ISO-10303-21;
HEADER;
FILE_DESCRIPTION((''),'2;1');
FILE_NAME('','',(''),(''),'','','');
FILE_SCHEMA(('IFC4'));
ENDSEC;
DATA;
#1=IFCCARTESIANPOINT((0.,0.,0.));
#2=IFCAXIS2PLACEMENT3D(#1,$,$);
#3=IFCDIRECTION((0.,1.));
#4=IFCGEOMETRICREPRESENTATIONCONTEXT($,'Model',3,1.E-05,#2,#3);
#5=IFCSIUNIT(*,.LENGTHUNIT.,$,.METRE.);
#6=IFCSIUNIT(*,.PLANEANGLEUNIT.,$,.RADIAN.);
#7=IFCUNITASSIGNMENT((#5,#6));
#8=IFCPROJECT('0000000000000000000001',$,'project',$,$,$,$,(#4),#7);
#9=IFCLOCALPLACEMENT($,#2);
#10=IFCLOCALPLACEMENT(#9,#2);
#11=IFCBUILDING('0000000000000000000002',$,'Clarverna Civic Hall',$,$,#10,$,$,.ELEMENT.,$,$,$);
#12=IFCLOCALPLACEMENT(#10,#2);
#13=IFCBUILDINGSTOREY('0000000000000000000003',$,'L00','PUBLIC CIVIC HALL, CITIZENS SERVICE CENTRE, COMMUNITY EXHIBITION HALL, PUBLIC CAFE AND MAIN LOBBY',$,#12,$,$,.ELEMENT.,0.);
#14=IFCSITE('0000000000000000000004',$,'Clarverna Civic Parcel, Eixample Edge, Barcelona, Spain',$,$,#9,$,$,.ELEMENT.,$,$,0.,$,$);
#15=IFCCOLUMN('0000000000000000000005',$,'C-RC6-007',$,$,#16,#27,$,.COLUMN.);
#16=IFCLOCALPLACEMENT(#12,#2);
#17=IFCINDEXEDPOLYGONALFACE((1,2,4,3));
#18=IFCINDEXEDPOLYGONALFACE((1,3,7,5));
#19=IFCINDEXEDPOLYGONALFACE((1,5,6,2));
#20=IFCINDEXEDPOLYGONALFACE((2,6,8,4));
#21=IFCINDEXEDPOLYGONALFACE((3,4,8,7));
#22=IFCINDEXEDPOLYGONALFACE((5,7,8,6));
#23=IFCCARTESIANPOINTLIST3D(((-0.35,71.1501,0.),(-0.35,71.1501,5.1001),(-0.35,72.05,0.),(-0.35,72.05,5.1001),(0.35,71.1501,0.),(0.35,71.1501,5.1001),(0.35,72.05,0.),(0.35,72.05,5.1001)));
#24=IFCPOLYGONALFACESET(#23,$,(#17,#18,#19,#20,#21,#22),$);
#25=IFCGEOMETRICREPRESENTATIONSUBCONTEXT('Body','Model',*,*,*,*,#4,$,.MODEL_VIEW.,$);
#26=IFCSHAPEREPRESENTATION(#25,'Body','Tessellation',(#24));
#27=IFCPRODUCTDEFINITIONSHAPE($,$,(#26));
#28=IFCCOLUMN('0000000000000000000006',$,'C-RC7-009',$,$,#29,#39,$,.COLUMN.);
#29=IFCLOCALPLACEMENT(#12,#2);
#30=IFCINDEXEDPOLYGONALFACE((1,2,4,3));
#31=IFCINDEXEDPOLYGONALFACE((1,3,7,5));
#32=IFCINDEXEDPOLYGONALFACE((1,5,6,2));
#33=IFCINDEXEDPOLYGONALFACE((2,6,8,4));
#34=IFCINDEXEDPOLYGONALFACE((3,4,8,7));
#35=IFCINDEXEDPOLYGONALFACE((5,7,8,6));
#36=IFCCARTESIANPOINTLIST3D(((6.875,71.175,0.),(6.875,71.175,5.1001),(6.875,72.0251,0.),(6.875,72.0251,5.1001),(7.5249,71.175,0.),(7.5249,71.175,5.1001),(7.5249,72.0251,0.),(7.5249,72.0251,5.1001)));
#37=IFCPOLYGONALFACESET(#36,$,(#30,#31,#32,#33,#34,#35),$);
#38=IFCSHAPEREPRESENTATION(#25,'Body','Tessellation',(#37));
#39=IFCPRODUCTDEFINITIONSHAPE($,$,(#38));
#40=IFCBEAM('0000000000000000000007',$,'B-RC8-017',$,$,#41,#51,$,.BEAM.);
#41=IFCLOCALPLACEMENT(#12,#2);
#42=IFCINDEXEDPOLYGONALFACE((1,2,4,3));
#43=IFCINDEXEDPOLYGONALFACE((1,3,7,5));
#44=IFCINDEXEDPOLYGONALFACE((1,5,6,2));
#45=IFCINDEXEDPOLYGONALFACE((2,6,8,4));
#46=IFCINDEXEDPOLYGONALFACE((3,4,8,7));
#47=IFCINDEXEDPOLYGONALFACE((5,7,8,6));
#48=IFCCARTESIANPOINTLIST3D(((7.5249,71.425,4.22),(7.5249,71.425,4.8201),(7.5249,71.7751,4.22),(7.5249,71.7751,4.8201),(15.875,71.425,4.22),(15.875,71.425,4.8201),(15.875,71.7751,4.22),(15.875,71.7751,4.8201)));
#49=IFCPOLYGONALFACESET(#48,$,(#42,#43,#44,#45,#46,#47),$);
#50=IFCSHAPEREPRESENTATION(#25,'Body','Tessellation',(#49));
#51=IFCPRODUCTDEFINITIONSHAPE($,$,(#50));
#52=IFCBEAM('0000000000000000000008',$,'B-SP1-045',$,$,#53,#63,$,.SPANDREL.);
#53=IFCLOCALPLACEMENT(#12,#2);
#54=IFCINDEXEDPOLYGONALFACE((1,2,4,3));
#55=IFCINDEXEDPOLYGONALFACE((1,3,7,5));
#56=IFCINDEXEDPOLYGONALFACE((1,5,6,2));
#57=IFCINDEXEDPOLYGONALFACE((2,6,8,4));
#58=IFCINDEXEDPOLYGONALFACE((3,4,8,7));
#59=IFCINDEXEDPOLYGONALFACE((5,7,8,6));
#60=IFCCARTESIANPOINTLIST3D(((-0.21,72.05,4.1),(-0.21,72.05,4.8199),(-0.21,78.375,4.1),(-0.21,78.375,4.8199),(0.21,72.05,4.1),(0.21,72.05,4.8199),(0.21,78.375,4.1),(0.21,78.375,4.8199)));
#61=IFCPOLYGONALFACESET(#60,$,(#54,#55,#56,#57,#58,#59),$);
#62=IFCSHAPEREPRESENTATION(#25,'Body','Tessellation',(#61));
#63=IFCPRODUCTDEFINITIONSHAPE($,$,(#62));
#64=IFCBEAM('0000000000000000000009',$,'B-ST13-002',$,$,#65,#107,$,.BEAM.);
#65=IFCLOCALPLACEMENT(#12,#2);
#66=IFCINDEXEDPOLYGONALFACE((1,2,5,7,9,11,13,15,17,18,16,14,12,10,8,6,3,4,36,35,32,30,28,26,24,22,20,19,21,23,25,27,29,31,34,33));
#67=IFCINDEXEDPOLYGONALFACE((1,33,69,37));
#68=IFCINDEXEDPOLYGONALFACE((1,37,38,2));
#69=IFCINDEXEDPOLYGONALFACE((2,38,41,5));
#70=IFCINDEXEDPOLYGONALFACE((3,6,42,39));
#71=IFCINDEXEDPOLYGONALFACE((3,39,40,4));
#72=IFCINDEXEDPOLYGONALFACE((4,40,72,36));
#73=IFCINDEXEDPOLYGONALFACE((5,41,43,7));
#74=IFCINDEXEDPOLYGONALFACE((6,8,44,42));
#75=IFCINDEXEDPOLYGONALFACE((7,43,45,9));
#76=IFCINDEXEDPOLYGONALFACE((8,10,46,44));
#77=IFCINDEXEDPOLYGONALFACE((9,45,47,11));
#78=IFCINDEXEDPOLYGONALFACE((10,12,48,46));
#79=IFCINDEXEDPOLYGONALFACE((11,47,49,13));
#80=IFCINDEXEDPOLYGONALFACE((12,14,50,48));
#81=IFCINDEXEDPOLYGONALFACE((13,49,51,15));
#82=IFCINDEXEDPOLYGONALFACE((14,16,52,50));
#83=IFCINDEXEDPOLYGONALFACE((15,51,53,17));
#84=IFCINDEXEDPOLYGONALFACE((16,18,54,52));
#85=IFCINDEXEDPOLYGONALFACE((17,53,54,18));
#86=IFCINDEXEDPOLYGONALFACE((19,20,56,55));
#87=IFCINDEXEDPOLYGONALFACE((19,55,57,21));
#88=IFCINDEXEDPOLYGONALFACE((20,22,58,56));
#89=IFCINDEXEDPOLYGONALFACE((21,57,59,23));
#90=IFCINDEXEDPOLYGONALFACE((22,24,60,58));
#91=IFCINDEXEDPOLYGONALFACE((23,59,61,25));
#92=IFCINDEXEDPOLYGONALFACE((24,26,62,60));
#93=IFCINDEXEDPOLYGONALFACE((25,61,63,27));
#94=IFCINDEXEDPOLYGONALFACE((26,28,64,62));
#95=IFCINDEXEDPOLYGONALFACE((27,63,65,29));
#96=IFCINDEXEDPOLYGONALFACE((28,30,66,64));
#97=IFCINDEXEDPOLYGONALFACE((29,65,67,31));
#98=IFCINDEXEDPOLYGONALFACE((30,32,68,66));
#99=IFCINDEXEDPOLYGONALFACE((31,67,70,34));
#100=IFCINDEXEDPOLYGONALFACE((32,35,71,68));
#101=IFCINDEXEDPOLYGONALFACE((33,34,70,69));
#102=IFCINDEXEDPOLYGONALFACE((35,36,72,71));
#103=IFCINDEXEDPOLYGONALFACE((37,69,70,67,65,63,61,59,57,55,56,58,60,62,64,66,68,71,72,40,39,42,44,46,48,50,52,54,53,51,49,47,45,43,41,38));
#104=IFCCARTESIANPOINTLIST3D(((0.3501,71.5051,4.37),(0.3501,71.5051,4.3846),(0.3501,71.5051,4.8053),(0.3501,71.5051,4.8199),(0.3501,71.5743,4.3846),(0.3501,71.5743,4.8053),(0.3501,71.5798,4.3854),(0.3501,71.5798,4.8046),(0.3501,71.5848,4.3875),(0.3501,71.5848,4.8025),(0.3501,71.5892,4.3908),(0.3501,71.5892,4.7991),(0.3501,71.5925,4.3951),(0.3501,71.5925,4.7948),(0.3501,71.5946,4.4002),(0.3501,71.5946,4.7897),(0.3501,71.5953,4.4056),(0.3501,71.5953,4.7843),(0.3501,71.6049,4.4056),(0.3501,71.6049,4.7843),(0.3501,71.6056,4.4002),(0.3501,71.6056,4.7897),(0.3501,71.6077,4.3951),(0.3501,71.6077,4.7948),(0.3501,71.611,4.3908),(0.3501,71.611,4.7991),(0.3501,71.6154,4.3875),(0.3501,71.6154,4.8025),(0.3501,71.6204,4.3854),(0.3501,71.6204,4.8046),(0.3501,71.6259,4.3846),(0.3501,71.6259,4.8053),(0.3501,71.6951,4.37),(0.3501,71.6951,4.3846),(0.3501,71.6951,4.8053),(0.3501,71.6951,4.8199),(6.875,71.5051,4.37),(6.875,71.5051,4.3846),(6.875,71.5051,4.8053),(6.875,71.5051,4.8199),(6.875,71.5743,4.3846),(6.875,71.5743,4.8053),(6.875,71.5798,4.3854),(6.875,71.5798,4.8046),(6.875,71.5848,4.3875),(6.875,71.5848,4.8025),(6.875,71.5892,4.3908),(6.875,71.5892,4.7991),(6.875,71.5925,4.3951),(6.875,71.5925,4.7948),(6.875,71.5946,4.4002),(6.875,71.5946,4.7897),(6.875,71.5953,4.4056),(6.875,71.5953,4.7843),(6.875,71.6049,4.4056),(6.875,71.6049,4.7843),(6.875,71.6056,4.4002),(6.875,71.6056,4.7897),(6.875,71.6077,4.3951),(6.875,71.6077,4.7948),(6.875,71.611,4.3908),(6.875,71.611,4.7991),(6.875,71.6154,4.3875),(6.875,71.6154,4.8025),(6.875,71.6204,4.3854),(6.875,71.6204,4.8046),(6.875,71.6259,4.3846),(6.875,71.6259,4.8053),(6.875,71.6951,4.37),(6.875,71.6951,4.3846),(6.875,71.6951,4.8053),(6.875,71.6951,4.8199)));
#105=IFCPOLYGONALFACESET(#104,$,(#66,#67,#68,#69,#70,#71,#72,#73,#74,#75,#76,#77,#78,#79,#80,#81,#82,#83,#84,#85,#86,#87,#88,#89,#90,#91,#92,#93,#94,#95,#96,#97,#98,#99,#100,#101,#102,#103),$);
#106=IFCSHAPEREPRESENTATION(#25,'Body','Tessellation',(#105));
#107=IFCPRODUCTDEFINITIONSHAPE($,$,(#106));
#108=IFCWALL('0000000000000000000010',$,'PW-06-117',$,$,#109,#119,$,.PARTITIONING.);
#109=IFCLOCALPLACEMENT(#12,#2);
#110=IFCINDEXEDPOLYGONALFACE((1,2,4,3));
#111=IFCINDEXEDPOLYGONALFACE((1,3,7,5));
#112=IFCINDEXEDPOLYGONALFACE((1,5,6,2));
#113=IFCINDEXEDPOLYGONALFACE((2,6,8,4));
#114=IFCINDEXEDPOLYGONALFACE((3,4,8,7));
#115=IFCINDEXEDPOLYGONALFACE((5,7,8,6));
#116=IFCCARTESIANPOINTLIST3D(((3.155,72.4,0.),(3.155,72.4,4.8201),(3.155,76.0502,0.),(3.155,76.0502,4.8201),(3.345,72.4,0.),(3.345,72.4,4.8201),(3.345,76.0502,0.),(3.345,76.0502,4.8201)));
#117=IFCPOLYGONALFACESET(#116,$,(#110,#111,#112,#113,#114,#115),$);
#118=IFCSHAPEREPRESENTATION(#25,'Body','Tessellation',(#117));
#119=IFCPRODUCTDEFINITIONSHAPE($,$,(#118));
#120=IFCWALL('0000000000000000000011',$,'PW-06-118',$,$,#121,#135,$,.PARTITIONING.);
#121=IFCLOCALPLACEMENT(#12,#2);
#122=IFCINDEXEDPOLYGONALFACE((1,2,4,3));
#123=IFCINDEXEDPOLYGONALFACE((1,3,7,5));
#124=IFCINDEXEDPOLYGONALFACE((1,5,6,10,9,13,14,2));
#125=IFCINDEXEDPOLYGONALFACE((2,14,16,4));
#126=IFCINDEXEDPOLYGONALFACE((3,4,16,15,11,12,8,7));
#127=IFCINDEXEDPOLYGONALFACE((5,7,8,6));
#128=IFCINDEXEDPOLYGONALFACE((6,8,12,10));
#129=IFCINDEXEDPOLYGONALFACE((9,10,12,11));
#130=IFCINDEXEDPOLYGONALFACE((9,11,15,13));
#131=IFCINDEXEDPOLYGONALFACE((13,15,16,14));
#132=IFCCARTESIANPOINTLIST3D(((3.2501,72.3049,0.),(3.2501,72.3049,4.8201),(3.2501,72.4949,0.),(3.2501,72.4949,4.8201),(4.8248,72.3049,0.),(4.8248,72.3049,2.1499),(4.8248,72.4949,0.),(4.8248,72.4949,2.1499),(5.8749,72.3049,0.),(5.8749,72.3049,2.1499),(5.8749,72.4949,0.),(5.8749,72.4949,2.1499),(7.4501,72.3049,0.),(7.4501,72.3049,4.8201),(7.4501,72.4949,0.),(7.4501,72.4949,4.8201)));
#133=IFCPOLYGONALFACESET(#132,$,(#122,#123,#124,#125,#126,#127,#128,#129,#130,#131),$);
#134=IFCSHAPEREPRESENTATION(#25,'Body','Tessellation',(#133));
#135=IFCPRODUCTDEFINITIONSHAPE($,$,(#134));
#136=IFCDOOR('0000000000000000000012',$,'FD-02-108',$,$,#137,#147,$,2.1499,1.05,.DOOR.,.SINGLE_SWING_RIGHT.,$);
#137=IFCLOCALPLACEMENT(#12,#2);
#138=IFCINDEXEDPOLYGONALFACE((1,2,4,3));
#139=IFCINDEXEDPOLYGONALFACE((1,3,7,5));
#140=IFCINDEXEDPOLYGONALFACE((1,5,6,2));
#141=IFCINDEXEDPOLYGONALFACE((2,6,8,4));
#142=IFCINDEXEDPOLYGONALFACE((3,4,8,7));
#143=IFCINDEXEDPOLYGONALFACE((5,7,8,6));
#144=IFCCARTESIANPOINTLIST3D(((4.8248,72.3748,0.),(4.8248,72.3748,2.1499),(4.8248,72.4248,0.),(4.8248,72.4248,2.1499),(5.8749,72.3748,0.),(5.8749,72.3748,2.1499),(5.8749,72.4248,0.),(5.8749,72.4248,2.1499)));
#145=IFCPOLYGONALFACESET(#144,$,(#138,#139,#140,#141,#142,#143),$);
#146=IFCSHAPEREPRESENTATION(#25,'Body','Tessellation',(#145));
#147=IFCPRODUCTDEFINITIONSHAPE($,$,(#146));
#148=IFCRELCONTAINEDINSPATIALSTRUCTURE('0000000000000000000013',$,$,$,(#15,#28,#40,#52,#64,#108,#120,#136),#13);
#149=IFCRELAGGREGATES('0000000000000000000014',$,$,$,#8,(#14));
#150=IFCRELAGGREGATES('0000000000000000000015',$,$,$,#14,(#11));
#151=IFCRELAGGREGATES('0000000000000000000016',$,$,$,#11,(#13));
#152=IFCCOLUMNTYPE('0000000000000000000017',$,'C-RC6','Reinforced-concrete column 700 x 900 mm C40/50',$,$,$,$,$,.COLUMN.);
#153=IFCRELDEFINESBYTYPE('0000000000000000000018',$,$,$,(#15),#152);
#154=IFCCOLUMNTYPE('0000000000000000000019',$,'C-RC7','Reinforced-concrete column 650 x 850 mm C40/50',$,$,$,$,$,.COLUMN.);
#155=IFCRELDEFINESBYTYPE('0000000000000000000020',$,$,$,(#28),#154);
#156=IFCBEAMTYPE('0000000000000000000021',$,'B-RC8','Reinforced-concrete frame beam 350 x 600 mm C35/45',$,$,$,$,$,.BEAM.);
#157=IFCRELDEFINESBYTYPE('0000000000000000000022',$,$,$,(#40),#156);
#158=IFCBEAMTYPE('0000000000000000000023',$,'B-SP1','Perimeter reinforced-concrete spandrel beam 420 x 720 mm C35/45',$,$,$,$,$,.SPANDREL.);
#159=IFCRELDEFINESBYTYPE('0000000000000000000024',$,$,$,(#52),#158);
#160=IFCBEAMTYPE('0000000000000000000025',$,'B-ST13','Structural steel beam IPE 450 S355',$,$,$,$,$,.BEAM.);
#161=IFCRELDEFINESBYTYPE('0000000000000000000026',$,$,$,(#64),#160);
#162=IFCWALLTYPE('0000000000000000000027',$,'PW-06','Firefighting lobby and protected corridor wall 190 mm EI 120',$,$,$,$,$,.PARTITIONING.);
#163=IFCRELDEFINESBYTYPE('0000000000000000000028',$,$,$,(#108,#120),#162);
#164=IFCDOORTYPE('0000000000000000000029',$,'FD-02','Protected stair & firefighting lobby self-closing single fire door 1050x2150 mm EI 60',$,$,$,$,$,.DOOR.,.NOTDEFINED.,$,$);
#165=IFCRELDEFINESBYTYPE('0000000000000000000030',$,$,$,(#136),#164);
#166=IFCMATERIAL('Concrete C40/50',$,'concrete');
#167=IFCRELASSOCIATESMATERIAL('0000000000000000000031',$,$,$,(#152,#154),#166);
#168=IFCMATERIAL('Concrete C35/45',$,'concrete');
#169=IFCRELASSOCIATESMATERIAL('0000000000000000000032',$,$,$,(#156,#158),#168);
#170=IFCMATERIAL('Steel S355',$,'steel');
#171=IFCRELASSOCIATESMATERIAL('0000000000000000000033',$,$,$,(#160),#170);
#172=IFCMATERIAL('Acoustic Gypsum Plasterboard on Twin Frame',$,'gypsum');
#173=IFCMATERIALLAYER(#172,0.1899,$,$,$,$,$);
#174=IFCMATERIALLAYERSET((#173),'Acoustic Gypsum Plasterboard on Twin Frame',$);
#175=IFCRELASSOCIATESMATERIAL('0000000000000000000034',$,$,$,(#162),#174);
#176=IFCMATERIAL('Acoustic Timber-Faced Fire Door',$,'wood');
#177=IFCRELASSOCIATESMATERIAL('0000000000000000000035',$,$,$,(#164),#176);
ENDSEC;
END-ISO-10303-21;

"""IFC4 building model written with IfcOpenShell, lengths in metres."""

from ifc_helpers import new_model, si_unit, direction, frame, frame_2d, origin, origin_2d, place, context, subcontext, project, spatial, rectangle, i_section, extrude, material, layer, layer_set, material_profile, profile_set, type_object, element, fill, save


model = new_model("IFC4")

# Units and contexts
model_context = context("Model", 3, precision=1e-05, world=origin(), true_north=direction((0.0, 1.0)))
body_context = subcontext(model_context, "Body", "Model", "MODEL_VIEW")
ifc_project = project(units=[si_unit("LENGTHUNIT", "METRE"), si_unit("PLANEANGLEUNIT", "RADIAN")], contexts=[model_context])

# Site, building, storey
site_placement = place(None, origin())
site = spatial("IfcSite", under=ifc_project, at=site_placement, Name="Clarverna Civic Parcel, Eixample Edge, Barcelona, Spain", CompositionType="ELEMENT", RefElevation=0.0)
building_placement = place(site_placement, origin())
building = spatial("IfcBuilding", under=site, at=building_placement, Name="Clarverna Civic Hall", CompositionType="ELEMENT")
storey_placement = place(building_placement, origin())
storey = spatial("IfcBuildingStorey", under=building, at=storey_placement, Name="L00", Description="PUBLIC CIVIC HALL, CITIZENS SERVICE CENTRE, COMMUNITY EXHIBITION HALL, PUBLIC CAFE AND MAIN LOBBY", CompositionType="ELEMENT", Elevation=0.0)

# Columns
ifc_material_1 = material(Name="Concrete C40/50", Category="concrete")
ifc_material_profile_1 = material_profile(ifc_material_1, rectangle(XDim=0.7, YDim=0.8999, at=origin_2d()), Name="RC 700x900")
ifc_profile_set_1 = profile_set([ifc_material_profile_1], Name="Concrete C40/50")
column_type_1 = type_object("IfcColumnType", Name="C-RC6", Description="Reinforced-concrete column 700 x 900 mm C40/50", PredefinedType="COLUMN", material=ifc_profile_set_1)
column_1_placement = place(storey_placement, frame((0.0, 71.6001, 0.0), z_axis=(0.0, 0.0, 1.0), x_axis=(1.0, 0.0, 0.0)))
element("IfcColumn", 1, at=column_1_placement, inside=storey, type_object=column_type_1, Name="C-RC6-007", PredefinedType="COLUMN", context=body_context, shape_type="SweptSolid", body=[
    extrude(rectangle(XDim=0.7, YDim=0.8999, at=origin_2d()), origin(), (0.0, 0.0, 1.0), 5.1001),
])
ifc_material_profile_2 = material_profile(ifc_material_1, rectangle(XDim=0.6499, YDim=0.8501, at=origin_2d()), Name="RC 650x850")
ifc_profile_set_2 = profile_set([ifc_material_profile_2], Name="Concrete C40/50")
column_type_2 = type_object("IfcColumnType", Name="C-RC7", Description="Reinforced-concrete column 650 x 850 mm C40/50", PredefinedType="COLUMN", material=ifc_profile_set_2)
column_2_placement = place(storey_placement, frame((7.2, 71.6001, 0.0), z_axis=(0.0, 0.0, 1.0), x_axis=(1.0, 0.0, 0.0)))
element("IfcColumn", 2, at=column_2_placement, inside=storey, type_object=column_type_2, Name="C-RC7-009", PredefinedType="COLUMN", context=body_context, shape_type="SweptSolid", body=[
    extrude(rectangle(XDim=0.6499, YDim=0.8501, at=origin_2d()), origin(), (0.0, 0.0, 1.0), 5.1001),
])

# Beams
ifc_material_2 = material(Name="Concrete C35/45", Category="concrete")
ifc_material_profile_3 = material_profile(ifc_material_2, rectangle(XDim=0.3501, YDim=0.6001, at=origin_2d()), Name="RC 350x600")
ifc_profile_set_3 = profile_set([ifc_material_profile_3], Name="Concrete C35/45")
beam_type_1 = type_object("IfcBeamType", Name="B-RC8", Description="Reinforced-concrete frame beam 350 x 600 mm C35/45", PredefinedType="BEAM", material=ifc_profile_set_3)
beam_1_placement = place(storey_placement, frame((7.5249, 71.6001, 4.52), z_axis=(1.0, 0.0, 0.0), x_axis=(0.0, 1.0, 0.0)))
element("IfcBeam", 3, at=beam_1_placement, inside=storey, type_object=beam_type_1, Name="B-RC8-017", PredefinedType="BEAM", context=body_context, shape_type="SweptSolid", body=[
    extrude(rectangle(XDim=0.3501, YDim=0.6001, at=origin_2d()), origin(), (0.0, 0.0, 1.0), 8.3501),
])
ifc_material_profile_4 = material_profile(ifc_material_2, rectangle(XDim=0.4199, YDim=0.72, at=origin_2d()), Name="RC 420x720")
ifc_profile_set_4 = profile_set([ifc_material_profile_4], Name="Concrete C35/45")
beam_type_2 = type_object("IfcBeamType", Name="B-SP1", Description="Perimeter reinforced-concrete spandrel beam 420 x 720 mm C35/45", PredefinedType="SPANDREL", material=ifc_profile_set_4)
beam_2_placement = place(storey_placement, frame((0.0, 72.05, 4.46), z_axis=(0.0, 1.0, 0.0), x_axis=(-1.0, 0.0, 0.0)))
element("IfcBeam", 4, at=beam_2_placement, inside=storey, type_object=beam_type_2, Name="B-SP1-045", PredefinedType="SPANDREL", context=body_context, shape_type="SweptSolid", body=[
    extrude(rectangle(XDim=0.4199, YDim=0.72, at=origin_2d()), origin(), (0.0, 0.0, 1.0), 6.325),
])
ifc_material_3 = material(Name="Steel S355", Category="steel")
ifc_material_profile_5 = material_profile(ifc_material_3, i_section(OverallWidth=0.1899, OverallDepth=0.45, WebThickness=0.0095, FlangeThickness=0.0146, FilletRadius=0.021, at=origin_2d()), Name="IPE 450")
ifc_profile_set_5 = profile_set([ifc_material_profile_5], Name="Steel S355")
beam_type_3 = type_object("IfcBeamType", Name="B-ST13", Description="Structural steel beam IPE 450 S355", PredefinedType="BEAM", material=ifc_profile_set_5)
beam_3_placement = place(storey_placement, frame((0.3501, 71.6001, 4.595), z_axis=(1.0, 0.0, 0.0), x_axis=(0.0, 1.0, 0.0)))
element("IfcBeam", 5, at=beam_3_placement, inside=storey, type_object=beam_type_3, Name="B-ST13-002", PredefinedType="BEAM", context=body_context, shape_type="SweptSolid", body=[
    extrude(i_section(OverallWidth=0.1899, OverallDepth=0.45, WebThickness=0.0095, FlangeThickness=0.0146, FilletRadius=0.021, at=origin_2d()), origin(), (0.0, 0.0, 1.0), 6.5249),
])

# Wall
ifc_material_4 = material(Name="Acoustic Gypsum Plasterboard on Twin Frame", Category="gypsum")
ifc_layer_1 = layer(ifc_material_4, 0.1899)
ifc_layer_set_1 = layer_set([ifc_layer_1], Name="Acoustic Gypsum Plasterboard on Twin Frame")
wall_type_1 = type_object("IfcWallType", Name="PW-06", Description="Firefighting lobby and protected corridor wall 190 mm EI 120", PredefinedType="PARTITIONING", material=ifc_layer_set_1)
wall_1_placement = place(storey_placement, frame((3.25, 72.3999, 0.0), z_axis=(0.0, 0.0, 1.0), x_axis=(0.0, 1.0, 0.0)))
element("IfcWall", 6, at=wall_1_placement, inside=storey, type_object=wall_type_1, Name="PW-06-117", PredefinedType="PARTITIONING", context=body_context, shape_type="SweptSolid", body=[
    extrude(rectangle(XDim=3.6501, YDim=0.1899, at=frame_2d((1.8252, 0.0))), origin(), (0.0, 0.0, 1.0), 4.8201),
])

# Wall, opening, door
wall_2_placement = place(storey_placement, frame((3.25, 72.3999, 0.0), z_axis=(0.0, 0.0, 1.0), x_axis=(1.0, 0.0, 0.0)))
wall_2 = element("IfcWall", 7, at=wall_2_placement, inside=storey, type_object=wall_type_1, Name="PW-06-118", PredefinedType="PARTITIONING", context=body_context, shape_type="SweptSolid", body=[
    extrude(rectangle(XDim=4.2, YDim=0.1899, at=frame_2d((2.1001, 0.0))), origin(), (0.0, 0.0, 1.0), 4.8201),
])
opening_1_placement = place(wall_2_placement, frame((1.575, 0.0, 0.0)))
opening_1 = element("IfcOpeningElement", 8, at=opening_1_placement, cuts=wall_2, PredefinedType="OPENING", context=body_context, shape_type="SweptSolid", body=[
    extrude(rectangle(XDim=1.05, YDim=2.1499, at=frame_2d((0.5249, 1.075))), frame((0.0, 0.105, 0.0), z_axis=(0.0, -1.0, 0.0), x_axis=(1.0, 0.0, 0.0)), (0.0, 0.0, 1.0), 0.21),
])
ifc_material_5 = material(Name="Acoustic Timber-Faced Fire Door", Category="wood")
door_type_1 = type_object("IfcDoorType", Name="FD-02", Description="Protected stair & firefighting lobby self-closing single fire door 1050x2150 mm EI 60", OperationType="NOTDEFINED", PredefinedType="DOOR", material=ifc_material_5)
door_1_placement = place(opening_1_placement, origin())
door_1 = element("IfcDoor", 9, at=door_1_placement, inside=storey, type_object=door_type_1, Name="FD-02-108", OperationType="SINGLE_SWING_RIGHT", OverallHeight=2.1499, OverallWidth=1.05, PredefinedType="DOOR", context=body_context, shape_type="SweptSolid", body=[
    extrude(rectangle(XDim=1.05, YDim=2.1499, at=frame_2d((0.5249, 1.075))), frame((0.0, 0.0249, 0.0), z_axis=(0.0, -1.0, 0.0), x_axis=(1.0, 0.0, 0.0)), (0.0, 0.0, 1.0), 0.05),
])
fill(opening_1, door_1)

save(model, "model.ifc")
